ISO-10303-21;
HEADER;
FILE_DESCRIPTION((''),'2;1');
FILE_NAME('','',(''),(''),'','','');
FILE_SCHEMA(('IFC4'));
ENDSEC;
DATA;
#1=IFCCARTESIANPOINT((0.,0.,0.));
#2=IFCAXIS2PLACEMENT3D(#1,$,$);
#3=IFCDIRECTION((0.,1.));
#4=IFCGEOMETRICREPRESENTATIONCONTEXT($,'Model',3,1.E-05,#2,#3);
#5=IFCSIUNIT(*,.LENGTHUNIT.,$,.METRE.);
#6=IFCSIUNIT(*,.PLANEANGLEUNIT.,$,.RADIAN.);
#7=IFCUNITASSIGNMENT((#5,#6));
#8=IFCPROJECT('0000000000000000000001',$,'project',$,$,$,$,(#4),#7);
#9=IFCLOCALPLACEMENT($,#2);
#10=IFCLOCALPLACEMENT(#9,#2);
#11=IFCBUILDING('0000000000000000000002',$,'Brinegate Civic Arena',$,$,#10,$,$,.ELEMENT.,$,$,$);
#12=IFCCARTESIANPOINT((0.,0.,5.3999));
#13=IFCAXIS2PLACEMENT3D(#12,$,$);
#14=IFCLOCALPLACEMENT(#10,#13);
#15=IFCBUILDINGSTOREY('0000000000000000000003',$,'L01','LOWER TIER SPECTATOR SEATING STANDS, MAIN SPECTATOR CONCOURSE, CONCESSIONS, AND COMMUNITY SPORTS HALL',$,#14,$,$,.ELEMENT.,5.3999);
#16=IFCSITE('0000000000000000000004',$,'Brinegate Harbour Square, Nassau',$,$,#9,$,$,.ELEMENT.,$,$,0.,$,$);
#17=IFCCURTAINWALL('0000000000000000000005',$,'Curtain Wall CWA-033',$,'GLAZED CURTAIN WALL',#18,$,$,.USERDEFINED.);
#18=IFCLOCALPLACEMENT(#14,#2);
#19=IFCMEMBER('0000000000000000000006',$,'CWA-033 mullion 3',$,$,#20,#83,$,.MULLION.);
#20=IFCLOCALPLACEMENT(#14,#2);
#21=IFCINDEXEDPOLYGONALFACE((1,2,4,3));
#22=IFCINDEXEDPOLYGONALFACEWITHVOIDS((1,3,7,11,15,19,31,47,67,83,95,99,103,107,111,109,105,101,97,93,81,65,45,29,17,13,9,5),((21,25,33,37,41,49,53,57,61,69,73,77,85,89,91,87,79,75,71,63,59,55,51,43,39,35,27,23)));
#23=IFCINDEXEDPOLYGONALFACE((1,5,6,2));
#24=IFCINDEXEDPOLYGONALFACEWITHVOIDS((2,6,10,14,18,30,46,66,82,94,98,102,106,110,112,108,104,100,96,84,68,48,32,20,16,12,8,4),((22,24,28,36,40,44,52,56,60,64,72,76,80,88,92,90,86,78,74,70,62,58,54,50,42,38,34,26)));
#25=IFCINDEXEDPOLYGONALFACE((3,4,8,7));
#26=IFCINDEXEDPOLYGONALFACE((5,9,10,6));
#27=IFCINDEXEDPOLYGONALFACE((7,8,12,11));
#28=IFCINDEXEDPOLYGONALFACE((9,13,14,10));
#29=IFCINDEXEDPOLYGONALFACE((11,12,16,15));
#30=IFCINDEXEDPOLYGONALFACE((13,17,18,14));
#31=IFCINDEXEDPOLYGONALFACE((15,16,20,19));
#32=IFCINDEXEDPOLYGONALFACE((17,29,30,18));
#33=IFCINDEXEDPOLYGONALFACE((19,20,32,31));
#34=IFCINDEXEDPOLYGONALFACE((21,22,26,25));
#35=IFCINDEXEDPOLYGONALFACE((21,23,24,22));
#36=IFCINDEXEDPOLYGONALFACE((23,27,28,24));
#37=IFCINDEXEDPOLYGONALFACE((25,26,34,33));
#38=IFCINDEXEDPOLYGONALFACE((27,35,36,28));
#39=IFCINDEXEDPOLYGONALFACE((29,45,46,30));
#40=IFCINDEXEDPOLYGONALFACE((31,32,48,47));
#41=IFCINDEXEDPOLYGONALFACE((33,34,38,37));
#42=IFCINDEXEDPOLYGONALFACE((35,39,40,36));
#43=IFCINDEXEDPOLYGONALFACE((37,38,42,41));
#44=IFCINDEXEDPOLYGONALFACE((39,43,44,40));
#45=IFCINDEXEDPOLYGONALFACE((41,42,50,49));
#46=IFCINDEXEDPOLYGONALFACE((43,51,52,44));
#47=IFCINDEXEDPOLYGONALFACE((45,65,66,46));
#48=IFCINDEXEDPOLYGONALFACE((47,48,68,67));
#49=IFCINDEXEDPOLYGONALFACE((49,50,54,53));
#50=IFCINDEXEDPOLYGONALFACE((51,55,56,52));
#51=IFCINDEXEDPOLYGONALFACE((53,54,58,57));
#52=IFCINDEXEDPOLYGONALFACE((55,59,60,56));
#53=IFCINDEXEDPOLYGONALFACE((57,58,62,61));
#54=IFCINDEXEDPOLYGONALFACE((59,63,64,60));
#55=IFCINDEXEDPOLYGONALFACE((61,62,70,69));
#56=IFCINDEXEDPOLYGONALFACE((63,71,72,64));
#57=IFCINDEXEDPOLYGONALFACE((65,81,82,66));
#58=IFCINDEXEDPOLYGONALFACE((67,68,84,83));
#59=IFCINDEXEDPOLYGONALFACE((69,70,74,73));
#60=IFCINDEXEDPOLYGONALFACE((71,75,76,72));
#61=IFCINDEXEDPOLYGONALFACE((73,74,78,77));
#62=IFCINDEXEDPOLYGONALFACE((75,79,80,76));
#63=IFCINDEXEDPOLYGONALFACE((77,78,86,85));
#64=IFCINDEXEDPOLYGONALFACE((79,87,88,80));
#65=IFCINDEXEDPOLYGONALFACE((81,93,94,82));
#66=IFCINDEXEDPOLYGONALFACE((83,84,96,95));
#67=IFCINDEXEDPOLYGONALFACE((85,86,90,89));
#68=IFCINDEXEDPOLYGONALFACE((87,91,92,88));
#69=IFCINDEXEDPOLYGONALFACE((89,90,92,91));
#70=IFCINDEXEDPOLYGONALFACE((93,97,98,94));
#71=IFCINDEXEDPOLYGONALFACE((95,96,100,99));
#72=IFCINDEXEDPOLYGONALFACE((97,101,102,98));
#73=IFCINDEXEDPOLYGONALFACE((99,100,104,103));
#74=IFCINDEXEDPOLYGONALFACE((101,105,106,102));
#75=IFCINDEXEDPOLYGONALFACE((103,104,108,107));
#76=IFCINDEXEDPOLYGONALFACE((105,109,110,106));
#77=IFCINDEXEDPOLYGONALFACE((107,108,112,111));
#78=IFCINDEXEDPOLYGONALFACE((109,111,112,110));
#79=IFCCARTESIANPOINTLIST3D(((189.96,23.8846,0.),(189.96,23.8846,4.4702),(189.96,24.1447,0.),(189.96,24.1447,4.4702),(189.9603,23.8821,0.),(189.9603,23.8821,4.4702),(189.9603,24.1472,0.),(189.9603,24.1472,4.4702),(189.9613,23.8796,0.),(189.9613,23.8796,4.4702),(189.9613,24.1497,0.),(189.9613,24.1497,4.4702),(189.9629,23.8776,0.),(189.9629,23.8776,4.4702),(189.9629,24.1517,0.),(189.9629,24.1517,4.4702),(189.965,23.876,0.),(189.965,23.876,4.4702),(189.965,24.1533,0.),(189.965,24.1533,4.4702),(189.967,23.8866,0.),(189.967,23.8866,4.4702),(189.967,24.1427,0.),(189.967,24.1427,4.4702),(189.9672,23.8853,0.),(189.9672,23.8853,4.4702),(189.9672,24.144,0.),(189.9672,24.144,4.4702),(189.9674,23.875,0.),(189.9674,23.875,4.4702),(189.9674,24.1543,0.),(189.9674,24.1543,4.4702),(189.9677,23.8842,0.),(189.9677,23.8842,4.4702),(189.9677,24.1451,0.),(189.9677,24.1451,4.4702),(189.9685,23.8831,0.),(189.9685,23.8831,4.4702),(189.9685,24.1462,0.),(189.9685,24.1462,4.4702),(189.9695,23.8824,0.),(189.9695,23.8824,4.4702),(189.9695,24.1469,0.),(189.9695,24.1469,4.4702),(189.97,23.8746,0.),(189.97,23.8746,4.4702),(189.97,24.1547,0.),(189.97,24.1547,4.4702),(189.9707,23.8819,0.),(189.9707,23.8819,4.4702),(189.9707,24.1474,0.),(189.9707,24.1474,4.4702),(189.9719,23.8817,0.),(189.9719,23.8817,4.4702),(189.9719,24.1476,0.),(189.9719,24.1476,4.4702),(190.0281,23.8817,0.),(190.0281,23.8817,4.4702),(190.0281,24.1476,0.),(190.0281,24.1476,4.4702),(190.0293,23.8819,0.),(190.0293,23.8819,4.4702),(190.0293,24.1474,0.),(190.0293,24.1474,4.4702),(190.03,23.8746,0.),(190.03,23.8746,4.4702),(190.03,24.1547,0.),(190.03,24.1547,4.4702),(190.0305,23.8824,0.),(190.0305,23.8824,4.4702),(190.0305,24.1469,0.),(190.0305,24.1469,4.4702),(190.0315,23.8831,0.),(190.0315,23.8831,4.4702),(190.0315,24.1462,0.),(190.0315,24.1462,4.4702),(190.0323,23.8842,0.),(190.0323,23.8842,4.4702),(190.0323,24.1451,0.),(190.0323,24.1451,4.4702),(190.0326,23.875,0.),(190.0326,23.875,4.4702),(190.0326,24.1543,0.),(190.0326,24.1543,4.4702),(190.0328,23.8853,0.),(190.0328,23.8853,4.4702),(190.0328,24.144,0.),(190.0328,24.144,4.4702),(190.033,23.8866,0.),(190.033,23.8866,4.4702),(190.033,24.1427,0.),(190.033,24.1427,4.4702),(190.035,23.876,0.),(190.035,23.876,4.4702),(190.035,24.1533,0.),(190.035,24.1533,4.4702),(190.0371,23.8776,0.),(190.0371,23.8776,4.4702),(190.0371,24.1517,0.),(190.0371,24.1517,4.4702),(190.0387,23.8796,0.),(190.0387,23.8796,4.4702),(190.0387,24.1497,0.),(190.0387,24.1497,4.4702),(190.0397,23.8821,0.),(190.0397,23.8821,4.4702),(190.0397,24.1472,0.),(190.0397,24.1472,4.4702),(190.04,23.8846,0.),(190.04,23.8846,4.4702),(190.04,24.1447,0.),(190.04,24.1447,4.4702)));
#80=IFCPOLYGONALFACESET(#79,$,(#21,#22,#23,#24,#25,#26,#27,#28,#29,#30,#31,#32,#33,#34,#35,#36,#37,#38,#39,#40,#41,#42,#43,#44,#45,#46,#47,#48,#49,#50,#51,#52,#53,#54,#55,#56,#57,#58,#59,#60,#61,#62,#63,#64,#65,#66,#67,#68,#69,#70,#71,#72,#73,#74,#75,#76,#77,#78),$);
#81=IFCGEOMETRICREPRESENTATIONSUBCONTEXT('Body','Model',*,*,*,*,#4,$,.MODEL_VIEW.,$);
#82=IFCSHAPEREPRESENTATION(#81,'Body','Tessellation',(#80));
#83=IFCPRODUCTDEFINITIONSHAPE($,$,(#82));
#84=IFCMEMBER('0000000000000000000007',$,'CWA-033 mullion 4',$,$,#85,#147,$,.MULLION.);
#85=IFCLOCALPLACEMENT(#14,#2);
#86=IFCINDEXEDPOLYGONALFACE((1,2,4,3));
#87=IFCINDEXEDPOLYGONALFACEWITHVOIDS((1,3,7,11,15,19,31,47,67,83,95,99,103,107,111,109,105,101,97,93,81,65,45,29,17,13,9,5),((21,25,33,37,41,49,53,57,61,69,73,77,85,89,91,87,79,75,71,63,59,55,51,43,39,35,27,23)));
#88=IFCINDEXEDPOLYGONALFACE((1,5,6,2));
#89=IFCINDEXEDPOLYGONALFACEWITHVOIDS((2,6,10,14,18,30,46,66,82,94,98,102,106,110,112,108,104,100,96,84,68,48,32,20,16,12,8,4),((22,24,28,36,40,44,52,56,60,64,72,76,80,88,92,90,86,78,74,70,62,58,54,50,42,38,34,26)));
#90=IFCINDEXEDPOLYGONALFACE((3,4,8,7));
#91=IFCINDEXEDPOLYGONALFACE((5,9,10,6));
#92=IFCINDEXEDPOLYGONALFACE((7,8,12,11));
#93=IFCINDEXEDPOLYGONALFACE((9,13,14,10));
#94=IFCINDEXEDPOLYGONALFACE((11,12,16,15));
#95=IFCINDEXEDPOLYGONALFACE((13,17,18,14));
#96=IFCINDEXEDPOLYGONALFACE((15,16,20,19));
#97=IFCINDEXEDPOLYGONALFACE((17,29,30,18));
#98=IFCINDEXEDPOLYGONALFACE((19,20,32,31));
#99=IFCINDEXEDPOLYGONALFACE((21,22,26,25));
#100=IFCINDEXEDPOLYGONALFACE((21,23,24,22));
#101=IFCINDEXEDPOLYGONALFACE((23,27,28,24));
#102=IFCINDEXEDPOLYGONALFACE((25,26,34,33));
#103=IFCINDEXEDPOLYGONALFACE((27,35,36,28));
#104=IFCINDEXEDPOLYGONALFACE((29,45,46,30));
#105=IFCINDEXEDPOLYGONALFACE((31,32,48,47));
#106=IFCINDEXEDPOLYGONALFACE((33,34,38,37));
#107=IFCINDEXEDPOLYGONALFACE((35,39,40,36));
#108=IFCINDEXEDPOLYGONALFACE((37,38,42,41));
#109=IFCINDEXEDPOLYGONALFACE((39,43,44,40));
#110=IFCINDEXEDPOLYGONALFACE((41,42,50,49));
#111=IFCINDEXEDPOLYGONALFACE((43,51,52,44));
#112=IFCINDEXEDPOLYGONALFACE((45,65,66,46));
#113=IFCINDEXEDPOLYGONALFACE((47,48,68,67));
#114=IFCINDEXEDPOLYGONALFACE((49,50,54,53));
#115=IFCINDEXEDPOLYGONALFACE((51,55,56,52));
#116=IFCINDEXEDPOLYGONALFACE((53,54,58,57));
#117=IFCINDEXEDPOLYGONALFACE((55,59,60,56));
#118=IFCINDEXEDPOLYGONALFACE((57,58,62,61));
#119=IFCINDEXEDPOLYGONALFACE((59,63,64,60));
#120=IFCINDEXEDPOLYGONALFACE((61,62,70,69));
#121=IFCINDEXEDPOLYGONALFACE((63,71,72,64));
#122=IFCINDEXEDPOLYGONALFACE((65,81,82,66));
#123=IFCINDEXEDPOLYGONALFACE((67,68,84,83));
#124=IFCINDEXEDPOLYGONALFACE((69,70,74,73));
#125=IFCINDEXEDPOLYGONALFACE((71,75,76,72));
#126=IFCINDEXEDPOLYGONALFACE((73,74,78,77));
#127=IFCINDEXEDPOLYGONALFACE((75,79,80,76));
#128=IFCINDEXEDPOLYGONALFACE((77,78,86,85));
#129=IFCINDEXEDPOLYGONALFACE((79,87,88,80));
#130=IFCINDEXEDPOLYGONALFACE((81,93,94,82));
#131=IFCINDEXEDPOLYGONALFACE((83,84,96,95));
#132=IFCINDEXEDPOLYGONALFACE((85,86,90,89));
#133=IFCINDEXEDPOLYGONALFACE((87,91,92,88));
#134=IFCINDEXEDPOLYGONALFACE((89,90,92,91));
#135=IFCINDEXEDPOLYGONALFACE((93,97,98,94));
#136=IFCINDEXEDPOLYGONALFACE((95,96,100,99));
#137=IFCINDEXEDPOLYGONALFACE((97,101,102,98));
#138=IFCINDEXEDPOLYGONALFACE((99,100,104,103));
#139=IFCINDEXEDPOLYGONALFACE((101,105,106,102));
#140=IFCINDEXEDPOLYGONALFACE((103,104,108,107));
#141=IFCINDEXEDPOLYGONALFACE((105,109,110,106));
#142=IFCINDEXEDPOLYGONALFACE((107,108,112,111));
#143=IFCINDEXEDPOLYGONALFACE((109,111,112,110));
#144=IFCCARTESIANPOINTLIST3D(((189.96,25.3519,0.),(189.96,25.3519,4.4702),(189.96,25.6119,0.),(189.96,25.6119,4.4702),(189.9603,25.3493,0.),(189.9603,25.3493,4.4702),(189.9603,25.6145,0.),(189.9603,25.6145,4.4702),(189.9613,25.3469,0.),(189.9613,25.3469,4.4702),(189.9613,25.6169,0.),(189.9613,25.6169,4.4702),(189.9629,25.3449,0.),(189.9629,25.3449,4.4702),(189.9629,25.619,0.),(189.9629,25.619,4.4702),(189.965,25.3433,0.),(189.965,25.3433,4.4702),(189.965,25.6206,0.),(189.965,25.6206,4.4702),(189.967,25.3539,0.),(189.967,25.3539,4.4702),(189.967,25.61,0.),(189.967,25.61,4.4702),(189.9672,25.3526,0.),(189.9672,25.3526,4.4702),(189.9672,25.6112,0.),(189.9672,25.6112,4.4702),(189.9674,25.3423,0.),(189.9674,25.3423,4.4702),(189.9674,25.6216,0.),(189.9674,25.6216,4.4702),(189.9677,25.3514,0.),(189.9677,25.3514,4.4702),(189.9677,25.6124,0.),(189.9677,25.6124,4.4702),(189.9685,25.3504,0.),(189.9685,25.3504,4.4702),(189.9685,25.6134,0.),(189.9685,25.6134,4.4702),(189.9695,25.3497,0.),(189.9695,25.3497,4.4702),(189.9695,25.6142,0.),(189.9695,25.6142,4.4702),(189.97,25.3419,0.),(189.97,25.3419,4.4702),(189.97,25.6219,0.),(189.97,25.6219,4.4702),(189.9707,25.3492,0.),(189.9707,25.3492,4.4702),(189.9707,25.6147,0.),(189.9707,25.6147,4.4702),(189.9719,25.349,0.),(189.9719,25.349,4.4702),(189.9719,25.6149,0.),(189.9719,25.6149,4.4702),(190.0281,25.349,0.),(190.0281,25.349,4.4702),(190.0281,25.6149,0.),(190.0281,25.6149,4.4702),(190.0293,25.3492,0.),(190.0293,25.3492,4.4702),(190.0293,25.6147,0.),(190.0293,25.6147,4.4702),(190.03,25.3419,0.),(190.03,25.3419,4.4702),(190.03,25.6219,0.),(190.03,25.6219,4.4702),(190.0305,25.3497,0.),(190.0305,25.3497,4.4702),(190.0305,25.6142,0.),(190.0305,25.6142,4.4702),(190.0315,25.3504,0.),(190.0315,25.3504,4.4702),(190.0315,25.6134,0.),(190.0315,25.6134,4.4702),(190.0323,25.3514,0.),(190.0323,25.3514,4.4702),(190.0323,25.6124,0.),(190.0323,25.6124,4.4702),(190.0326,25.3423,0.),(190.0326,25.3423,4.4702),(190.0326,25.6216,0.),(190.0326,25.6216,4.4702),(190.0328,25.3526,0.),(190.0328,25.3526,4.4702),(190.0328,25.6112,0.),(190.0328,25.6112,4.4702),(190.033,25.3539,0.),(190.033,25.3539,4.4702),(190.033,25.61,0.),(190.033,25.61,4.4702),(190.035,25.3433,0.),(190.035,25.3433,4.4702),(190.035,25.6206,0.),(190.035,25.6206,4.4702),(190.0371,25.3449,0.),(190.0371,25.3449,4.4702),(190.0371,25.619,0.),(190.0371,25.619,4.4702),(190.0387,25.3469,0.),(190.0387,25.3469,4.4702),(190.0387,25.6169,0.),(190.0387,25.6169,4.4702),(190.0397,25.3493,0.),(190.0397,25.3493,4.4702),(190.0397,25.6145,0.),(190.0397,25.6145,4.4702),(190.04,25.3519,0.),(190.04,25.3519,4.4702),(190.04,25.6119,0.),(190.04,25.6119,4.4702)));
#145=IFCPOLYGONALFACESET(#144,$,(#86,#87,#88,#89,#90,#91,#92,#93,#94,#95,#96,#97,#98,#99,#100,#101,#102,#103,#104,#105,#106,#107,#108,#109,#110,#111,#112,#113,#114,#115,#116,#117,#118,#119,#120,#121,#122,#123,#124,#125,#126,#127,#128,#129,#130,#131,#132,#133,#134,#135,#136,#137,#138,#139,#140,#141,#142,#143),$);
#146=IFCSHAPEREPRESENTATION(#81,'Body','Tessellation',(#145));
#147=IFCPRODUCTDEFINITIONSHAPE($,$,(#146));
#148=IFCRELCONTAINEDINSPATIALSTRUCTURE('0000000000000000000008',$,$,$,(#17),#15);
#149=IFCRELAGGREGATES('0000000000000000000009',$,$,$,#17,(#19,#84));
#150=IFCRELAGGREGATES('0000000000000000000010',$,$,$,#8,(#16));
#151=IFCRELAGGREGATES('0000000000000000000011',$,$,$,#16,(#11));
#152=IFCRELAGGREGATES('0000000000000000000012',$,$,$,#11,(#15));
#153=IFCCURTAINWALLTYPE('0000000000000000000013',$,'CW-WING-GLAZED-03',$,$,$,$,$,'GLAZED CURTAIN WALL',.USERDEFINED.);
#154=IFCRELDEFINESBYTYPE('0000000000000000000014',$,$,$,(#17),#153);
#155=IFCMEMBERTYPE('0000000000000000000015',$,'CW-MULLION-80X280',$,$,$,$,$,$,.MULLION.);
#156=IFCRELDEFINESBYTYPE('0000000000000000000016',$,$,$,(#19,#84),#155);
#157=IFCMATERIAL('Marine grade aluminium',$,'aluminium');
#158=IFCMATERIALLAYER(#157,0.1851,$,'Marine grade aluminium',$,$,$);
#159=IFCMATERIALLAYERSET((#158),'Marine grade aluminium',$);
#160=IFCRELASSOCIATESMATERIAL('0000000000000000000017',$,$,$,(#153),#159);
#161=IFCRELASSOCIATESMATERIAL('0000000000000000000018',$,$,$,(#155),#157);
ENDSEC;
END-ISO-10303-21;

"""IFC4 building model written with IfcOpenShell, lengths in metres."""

from ifc_helpers import new_model, si_unit, direction, frame, origin, origin_2d, place, context, subcontext, project, spatial, hollow_rectangle, extrude, material, layer, layer_set, material_profile, profile_set, type_object, element, aggregate, save


model = new_model("IFC4")

# Units and contexts
model_context = context("Model", 3, precision=1e-05, world=origin(), true_north=direction((0.0, 1.0)))
body_context = subcontext(model_context, "Body", "Model", "MODEL_VIEW")
ifc_project = project(units=[si_unit("LENGTHUNIT", "METRE"), si_unit("PLANEANGLEUNIT", "RADIAN")], contexts=[model_context])

# Site, building, storey
site_placement = place(None, origin())
site = spatial("IfcSite", under=ifc_project, at=site_placement, Name="Brinegate Harbour Square, Nassau", CompositionType="ELEMENT", RefElevation=0.0)
building_placement = place(site_placement, origin())
building = spatial("IfcBuilding", under=site, at=building_placement, Name="Brinegate Civic Arena", CompositionType="ELEMENT")
storey_placement = place(building_placement, frame((0.0, 0.0, 5.3999)))
storey = spatial("IfcBuildingStorey", under=building, at=storey_placement, Name="L01", Description="LOWER TIER SPECTATOR SEATING STANDS, MAIN SPECTATOR CONCOURSE, CONCESSIONS, AND COMMUNITY SPORTS HALL", CompositionType="ELEMENT", Elevation=5.3999)

# Curtain wall, members
ifc_material_1 = material(Name="Marine grade aluminium", Category="aluminium")
ifc_layer_1 = layer(ifc_material_1, 0.1851, Name="Marine grade aluminium")
ifc_layer_set_1 = layer_set([ifc_layer_1], Name="Marine grade aluminium")
curtain_wall_type = type_object("IfcCurtainWallType", Name="CW-WING-GLAZED-03", ElementType="GLAZED CURTAIN WALL", PredefinedType="USERDEFINED", material=ifc_layer_set_1)
curtain_wall_placement = place(storey_placement, origin())
curtain_wall = element("IfcCurtainWall", 1, at=curtain_wall_placement, inside=storey, type_object=curtain_wall_type, Name="Curtain Wall CWA-033", ObjectType="GLAZED CURTAIN WALL", PredefinedType="USERDEFINED")
ifc_material_profile_1 = material_profile(ifc_material_1, hollow_rectangle(XDim=0.0801, YDim=0.28, WallThickness=0.0071, InnerFilletRadius=0.0049, OuterFilletRadius=0.01, at=origin_2d()), Name="MUL80X280")
ifc_profile_set_1 = profile_set([ifc_material_profile_1], Name="Marine grade aluminium")
member_type_1 = type_object("IfcMemberType", Name="CW-MULLION-80X280", PredefinedType="MULLION", material=ifc_profile_set_1)
member_1_placement = place(storey_placement, frame((190.0, 24.0146, 0.0), z_axis=(0.0, 0.0, 1.0), x_axis=(-1.0, 0.0, 0.0)))
member_1 = element("IfcMember", 2, at=member_1_placement, type_object=member_type_1, Name="CWA-033 mullion 3", PredefinedType="MULLION", context=body_context, shape_type="SweptSolid", body=[
    extrude(hollow_rectangle(XDim=0.0801, YDim=0.28, WallThickness=0.0071, InnerFilletRadius=0.0049, OuterFilletRadius=0.01, at=origin_2d()), origin(), (0.0, 0.0, 1.0), 4.4702),
])
member_2_placement = place(storey_placement, frame((190.0, 25.4819, 0.0), z_axis=(0.0, 0.0, 1.0), x_axis=(-1.0, 0.0, 0.0)))
member_2 = element("IfcMember", 3, at=member_2_placement, type_object=member_type_1, Name="CWA-033 mullion 4", PredefinedType="MULLION", context=body_context, shape_type="SweptSolid", body=[
    extrude(hollow_rectangle(XDim=0.0801, YDim=0.28, WallThickness=0.0071, InnerFilletRadius=0.0049, OuterFilletRadius=0.01, at=origin_2d()), origin(), (0.0, 0.0, 1.0), 4.4702),
])

aggregate(curtain_wall, [member_1, member_2])

save(model, "model.ifc")
